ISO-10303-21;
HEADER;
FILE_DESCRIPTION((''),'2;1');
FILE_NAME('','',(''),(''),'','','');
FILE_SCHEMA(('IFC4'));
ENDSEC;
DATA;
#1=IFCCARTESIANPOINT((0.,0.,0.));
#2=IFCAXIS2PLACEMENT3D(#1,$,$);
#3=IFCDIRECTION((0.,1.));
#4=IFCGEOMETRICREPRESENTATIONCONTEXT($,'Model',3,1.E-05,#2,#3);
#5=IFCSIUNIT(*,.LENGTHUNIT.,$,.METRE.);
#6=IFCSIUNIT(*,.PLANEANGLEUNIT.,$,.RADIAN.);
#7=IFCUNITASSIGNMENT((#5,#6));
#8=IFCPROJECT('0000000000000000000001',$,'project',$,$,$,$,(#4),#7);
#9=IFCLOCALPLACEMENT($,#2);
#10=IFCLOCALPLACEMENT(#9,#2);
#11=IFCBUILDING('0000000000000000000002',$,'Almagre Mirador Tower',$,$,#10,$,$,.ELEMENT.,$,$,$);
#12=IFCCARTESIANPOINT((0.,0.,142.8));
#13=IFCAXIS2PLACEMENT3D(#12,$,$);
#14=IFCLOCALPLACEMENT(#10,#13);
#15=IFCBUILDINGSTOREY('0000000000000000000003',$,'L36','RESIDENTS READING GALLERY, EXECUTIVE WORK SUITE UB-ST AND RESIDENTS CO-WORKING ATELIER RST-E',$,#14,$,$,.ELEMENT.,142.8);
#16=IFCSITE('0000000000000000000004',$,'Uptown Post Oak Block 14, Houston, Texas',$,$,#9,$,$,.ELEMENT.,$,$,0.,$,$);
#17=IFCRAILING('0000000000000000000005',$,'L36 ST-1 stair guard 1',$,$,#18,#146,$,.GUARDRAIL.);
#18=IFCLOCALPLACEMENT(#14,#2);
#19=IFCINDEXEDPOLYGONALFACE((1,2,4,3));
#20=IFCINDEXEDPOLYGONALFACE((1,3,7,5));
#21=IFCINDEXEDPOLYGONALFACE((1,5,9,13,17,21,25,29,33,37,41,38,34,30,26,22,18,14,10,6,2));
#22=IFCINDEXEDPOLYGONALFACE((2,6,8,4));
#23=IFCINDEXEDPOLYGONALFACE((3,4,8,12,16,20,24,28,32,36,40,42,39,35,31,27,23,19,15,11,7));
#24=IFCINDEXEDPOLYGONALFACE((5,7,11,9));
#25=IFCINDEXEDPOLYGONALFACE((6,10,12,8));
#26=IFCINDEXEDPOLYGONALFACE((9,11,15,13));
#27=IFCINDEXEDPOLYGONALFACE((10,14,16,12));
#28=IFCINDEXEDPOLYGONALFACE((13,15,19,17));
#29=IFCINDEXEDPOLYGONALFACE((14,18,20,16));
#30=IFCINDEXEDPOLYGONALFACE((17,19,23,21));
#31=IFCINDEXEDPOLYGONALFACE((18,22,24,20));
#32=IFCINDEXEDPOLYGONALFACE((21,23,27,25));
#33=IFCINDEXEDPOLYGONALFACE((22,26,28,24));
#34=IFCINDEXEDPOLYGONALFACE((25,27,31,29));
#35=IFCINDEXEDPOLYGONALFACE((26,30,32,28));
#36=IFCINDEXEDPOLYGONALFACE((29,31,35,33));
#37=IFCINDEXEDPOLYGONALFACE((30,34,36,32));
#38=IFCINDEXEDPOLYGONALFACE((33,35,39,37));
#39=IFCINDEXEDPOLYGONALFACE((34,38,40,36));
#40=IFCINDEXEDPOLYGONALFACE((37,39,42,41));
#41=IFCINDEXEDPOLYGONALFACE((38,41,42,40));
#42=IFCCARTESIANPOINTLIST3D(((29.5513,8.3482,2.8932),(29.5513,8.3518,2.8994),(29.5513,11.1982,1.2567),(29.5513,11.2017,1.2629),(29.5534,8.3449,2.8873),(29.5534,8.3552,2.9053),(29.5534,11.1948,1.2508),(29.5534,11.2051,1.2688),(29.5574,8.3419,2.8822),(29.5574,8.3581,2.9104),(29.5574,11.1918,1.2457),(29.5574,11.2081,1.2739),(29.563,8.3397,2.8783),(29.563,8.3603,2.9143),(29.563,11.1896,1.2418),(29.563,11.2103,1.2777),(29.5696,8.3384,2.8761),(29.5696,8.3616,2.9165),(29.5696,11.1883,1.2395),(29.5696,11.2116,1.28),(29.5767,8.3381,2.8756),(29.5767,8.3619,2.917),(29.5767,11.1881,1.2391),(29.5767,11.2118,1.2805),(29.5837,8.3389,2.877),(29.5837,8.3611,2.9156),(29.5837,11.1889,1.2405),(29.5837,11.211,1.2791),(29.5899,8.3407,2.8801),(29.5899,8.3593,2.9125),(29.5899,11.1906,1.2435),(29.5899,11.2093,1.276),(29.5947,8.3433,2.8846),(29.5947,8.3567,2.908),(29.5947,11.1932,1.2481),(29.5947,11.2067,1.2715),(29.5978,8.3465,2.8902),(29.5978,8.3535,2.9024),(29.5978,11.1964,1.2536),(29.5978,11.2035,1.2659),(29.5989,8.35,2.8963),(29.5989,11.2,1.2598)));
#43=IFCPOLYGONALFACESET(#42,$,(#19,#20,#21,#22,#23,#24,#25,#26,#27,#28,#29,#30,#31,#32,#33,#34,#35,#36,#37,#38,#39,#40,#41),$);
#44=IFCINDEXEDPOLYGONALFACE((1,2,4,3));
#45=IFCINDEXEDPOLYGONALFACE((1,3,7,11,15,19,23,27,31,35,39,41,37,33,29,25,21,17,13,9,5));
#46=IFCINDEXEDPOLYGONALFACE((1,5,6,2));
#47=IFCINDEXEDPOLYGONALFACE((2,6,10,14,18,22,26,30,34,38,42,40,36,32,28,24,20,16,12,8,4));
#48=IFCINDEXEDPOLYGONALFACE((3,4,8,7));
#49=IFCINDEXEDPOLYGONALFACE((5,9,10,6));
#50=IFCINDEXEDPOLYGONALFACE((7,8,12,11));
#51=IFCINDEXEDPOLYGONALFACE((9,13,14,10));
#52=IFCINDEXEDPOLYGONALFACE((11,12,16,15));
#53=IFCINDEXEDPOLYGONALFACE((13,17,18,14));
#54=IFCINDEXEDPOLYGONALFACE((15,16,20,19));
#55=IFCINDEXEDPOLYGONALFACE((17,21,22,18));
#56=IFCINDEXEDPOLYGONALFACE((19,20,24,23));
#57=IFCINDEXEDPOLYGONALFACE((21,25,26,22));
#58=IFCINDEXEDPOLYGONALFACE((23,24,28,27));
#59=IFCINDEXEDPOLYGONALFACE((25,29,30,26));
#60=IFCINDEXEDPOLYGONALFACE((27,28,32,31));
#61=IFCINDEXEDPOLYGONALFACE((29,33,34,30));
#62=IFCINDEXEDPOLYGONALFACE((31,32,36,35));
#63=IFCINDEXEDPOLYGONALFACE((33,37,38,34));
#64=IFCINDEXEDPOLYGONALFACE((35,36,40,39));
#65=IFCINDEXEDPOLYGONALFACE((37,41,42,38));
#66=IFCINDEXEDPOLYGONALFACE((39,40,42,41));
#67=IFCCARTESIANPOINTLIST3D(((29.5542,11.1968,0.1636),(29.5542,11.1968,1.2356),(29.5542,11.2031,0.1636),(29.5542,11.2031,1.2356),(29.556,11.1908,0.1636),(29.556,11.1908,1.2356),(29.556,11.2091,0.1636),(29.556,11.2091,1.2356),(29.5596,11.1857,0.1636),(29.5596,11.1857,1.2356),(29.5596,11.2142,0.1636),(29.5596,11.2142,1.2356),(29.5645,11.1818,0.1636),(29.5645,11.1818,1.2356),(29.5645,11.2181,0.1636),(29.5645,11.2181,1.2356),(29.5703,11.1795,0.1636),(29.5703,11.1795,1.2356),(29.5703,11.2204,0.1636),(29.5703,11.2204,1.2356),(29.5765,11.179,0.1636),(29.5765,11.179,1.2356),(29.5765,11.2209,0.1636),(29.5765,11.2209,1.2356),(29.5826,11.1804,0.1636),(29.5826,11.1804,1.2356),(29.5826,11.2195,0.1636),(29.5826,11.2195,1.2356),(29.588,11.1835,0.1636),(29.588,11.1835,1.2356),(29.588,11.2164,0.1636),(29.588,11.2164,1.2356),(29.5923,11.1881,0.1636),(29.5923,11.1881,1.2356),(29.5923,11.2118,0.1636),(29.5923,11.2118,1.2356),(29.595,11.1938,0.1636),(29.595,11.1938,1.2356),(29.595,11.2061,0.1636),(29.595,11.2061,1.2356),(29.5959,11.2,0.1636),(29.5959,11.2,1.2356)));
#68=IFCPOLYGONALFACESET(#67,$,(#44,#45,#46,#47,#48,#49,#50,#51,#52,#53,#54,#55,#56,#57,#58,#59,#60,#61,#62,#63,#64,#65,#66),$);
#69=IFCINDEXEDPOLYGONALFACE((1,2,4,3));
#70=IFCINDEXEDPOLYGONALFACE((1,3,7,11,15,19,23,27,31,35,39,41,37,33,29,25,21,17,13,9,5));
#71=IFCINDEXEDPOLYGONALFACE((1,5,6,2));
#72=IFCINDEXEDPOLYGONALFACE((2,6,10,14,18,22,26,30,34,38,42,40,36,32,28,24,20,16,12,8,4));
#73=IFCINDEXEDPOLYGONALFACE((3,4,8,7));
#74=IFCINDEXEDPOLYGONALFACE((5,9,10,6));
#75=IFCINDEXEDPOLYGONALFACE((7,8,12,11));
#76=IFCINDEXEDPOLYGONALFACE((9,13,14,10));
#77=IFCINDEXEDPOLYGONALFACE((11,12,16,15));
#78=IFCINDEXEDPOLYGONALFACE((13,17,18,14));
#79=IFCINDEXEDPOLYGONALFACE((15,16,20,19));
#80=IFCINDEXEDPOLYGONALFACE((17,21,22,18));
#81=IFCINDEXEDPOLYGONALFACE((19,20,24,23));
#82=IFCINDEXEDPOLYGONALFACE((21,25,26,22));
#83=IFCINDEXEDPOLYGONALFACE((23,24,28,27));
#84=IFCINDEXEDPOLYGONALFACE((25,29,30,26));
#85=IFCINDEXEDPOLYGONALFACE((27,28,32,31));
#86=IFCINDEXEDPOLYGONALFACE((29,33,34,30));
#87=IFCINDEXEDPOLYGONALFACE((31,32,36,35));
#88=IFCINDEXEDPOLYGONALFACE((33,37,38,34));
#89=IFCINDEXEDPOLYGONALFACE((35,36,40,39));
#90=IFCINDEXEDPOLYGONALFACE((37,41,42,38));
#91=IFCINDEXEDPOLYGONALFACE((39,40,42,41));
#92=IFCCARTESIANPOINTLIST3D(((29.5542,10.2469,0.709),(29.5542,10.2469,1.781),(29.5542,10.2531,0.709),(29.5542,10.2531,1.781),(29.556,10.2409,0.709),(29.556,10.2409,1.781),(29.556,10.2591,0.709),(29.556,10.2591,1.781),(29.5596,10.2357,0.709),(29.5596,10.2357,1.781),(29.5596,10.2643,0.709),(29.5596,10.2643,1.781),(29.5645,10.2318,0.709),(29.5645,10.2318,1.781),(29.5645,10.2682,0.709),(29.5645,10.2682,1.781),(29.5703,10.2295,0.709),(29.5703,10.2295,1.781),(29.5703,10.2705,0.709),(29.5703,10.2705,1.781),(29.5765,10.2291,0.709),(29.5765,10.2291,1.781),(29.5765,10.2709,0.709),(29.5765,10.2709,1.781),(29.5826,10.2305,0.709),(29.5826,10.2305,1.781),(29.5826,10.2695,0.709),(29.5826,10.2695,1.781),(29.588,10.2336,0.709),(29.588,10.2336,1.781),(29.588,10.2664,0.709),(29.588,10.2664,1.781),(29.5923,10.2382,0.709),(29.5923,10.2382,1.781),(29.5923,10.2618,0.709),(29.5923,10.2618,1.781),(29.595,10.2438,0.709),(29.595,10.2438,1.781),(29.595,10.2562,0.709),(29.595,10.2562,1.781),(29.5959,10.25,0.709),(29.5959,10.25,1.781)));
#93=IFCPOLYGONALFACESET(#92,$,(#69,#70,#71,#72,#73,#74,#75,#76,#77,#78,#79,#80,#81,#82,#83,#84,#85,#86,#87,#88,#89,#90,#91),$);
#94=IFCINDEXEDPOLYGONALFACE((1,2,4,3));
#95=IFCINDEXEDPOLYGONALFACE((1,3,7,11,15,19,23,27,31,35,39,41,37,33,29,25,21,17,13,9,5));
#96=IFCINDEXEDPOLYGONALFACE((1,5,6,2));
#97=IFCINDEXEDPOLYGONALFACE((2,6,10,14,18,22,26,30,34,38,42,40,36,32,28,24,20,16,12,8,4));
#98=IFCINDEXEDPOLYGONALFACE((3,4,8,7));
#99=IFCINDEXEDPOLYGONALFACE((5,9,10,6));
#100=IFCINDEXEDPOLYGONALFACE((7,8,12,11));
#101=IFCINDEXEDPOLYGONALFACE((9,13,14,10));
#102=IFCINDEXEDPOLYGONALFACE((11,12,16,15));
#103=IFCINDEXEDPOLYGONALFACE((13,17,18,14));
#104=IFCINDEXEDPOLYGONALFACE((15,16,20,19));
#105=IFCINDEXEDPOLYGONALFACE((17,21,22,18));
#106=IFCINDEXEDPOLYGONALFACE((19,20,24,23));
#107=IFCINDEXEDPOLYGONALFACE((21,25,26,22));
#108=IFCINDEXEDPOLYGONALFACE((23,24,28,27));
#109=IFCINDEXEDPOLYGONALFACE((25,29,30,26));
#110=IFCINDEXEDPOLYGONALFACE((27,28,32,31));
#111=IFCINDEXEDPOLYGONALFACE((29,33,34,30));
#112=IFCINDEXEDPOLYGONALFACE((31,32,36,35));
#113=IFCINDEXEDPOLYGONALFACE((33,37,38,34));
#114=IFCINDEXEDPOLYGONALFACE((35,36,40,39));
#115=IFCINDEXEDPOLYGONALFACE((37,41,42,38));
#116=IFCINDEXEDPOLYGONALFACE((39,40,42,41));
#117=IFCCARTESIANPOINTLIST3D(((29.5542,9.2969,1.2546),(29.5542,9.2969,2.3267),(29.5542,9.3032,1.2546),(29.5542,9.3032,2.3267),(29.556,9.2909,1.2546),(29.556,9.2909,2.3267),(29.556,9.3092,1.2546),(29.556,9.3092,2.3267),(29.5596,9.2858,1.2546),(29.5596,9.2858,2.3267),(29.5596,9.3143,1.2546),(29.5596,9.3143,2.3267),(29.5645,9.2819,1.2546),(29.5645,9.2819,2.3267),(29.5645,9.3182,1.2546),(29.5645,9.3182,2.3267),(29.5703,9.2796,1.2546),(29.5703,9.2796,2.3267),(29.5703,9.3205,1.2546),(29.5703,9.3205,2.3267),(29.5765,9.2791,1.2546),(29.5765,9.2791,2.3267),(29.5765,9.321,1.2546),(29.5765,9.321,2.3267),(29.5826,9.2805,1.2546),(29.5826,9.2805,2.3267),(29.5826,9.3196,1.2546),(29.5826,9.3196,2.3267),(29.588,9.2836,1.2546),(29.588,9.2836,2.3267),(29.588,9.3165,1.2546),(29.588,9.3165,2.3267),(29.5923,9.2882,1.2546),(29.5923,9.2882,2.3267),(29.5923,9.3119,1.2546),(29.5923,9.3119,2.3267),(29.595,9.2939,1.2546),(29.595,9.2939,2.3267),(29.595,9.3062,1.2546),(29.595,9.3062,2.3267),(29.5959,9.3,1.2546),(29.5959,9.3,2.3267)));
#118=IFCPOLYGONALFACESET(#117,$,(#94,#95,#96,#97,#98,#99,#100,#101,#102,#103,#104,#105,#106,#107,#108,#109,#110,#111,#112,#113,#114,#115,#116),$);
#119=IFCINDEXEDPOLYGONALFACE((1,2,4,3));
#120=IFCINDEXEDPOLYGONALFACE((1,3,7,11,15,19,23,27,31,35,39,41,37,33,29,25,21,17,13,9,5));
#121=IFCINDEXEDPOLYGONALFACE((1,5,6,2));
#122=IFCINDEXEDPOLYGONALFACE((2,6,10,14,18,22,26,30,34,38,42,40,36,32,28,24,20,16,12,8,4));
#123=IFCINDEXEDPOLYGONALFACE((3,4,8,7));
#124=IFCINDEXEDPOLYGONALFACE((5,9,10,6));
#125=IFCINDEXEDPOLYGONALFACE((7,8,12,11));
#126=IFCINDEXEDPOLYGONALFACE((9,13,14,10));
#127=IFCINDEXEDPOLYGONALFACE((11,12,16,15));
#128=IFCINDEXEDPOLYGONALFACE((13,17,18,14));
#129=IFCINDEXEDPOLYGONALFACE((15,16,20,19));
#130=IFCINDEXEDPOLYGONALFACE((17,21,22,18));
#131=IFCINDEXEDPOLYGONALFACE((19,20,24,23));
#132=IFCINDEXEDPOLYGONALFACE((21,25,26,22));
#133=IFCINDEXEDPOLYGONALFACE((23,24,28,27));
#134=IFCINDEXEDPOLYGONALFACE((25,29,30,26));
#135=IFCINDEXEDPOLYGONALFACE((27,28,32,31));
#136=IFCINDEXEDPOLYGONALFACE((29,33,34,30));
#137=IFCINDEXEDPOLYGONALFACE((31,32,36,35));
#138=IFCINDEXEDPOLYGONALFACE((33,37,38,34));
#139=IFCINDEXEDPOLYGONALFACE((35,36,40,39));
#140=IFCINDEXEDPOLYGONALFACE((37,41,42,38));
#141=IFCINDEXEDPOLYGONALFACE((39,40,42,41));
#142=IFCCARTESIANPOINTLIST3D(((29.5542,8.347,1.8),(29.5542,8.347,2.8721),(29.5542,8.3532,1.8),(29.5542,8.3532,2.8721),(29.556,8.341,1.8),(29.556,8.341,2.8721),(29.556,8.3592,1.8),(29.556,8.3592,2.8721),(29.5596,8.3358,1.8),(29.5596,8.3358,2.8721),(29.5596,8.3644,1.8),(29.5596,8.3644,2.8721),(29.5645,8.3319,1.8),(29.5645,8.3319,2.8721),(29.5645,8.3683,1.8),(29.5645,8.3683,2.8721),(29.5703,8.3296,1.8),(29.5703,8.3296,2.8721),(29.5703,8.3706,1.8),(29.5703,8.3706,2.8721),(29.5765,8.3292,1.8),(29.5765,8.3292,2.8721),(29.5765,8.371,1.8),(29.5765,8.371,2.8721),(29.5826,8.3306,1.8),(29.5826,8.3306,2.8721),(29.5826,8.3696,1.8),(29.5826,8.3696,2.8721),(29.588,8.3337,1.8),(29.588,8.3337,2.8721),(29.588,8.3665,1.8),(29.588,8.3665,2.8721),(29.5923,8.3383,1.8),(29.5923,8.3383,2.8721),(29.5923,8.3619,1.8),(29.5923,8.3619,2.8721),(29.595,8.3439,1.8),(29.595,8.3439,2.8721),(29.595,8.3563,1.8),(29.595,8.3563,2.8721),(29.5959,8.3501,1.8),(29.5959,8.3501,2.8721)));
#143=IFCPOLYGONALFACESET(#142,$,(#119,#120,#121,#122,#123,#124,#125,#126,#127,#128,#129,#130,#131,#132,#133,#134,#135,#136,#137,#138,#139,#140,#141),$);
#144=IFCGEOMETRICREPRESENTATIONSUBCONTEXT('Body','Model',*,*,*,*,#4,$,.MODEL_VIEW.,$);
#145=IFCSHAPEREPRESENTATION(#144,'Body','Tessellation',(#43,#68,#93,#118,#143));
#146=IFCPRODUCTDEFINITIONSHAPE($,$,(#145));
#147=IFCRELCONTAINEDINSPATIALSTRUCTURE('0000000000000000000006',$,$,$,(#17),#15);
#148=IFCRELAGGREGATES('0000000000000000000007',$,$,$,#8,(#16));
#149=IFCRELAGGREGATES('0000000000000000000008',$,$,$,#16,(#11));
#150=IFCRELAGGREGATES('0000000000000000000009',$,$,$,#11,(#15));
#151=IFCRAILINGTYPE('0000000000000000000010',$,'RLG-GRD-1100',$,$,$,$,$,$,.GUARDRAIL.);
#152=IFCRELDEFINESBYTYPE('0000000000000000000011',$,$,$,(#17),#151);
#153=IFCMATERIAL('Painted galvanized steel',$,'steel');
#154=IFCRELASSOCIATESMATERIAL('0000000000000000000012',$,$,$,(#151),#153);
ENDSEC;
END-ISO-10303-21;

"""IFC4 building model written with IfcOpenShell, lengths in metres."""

from ifc_helpers import new_model, si_unit, direction, frame, origin, origin_2d, place, context, subcontext, project, spatial, circle, extrude, material, type_object, element, save


model = new_model("IFC4")

# Units and contexts
model_context = context("Model", 3, precision=1e-05, world=origin(), true_north=direction((0.0, 1.0)))
body_context = subcontext(model_context, "Body", "Model", "MODEL_VIEW")
ifc_project = project(units=[si_unit("LENGTHUNIT", "METRE"), si_unit("PLANEANGLEUNIT", "RADIAN")], contexts=[model_context])

# Site, building, storey
site_placement = place(None, origin())
site = spatial("IfcSite", under=ifc_project, at=site_placement, Name="Uptown Post Oak Block 14, Houston, Texas", CompositionType="ELEMENT", RefElevation=0.0)
building_placement = place(site_placement, origin())
building = spatial("IfcBuilding", under=site, at=building_placement, Name="Almagre Mirador Tower", CompositionType="ELEMENT")
storey_placement = place(building_placement, frame((0.0, 0.0, 142.8)))
storey = spatial("IfcBuildingStorey", under=building, at=storey_placement, Name="L36", Description="RESIDENTS READING GALLERY, EXECUTIVE WORK SUITE UB-ST AND RESIDENTS CO-WORKING ATELIER RST-E", CompositionType="ELEMENT", Elevation=142.8)

# Railing
ifc_material_1 = material(Name="Painted galvanized steel", Category="steel")
railing_type_1 = type_object("IfcRailingType", Name="RLG-GRD-1100", PredefinedType="GUARDRAIL", material=ifc_material_1)
railing_1_placement = place(storey_placement, frame((29.575, 11.2, 0.1636)))
element("IfcRailing", 1, at=railing_1_placement, inside=storey, type_object=railing_type_1, Name="L36 ST-1 stair guard 1", PredefinedType="GUARDRAIL", context=body_context, shape_type="SweptSolid", body=[
    extrude(circle(Radius=0.0239, at=origin_2d()), frame((0.0, 0.0, 1.0962), z_axis=(0.0, -0.867194, 0.49797), x_axis=(1.0, 0.0, 0.0)), (0.0, 0.0, 1.0), 3.2864),
    extrude(circle(Radius=0.021, at=origin_2d()), origin(), (0.0, 0.0, 1.0), 1.072),
    extrude(circle(Radius=0.021, at=origin_2d()), frame((0.0, -0.95, 0.5454)), (0.0, 0.0, 1.0), 1.072),
    extrude(circle(Radius=0.021, at=origin_2d()), frame((0.0, -1.8999, 1.0911)), (0.0, 0.0, 1.0), 1.072),
    extrude(circle(Radius=0.021, at=origin_2d()), frame((0.0, -2.8499, 1.6365)), (0.0, 0.0, 1.0), 1.072),
])

save(model, "model.ifc")
